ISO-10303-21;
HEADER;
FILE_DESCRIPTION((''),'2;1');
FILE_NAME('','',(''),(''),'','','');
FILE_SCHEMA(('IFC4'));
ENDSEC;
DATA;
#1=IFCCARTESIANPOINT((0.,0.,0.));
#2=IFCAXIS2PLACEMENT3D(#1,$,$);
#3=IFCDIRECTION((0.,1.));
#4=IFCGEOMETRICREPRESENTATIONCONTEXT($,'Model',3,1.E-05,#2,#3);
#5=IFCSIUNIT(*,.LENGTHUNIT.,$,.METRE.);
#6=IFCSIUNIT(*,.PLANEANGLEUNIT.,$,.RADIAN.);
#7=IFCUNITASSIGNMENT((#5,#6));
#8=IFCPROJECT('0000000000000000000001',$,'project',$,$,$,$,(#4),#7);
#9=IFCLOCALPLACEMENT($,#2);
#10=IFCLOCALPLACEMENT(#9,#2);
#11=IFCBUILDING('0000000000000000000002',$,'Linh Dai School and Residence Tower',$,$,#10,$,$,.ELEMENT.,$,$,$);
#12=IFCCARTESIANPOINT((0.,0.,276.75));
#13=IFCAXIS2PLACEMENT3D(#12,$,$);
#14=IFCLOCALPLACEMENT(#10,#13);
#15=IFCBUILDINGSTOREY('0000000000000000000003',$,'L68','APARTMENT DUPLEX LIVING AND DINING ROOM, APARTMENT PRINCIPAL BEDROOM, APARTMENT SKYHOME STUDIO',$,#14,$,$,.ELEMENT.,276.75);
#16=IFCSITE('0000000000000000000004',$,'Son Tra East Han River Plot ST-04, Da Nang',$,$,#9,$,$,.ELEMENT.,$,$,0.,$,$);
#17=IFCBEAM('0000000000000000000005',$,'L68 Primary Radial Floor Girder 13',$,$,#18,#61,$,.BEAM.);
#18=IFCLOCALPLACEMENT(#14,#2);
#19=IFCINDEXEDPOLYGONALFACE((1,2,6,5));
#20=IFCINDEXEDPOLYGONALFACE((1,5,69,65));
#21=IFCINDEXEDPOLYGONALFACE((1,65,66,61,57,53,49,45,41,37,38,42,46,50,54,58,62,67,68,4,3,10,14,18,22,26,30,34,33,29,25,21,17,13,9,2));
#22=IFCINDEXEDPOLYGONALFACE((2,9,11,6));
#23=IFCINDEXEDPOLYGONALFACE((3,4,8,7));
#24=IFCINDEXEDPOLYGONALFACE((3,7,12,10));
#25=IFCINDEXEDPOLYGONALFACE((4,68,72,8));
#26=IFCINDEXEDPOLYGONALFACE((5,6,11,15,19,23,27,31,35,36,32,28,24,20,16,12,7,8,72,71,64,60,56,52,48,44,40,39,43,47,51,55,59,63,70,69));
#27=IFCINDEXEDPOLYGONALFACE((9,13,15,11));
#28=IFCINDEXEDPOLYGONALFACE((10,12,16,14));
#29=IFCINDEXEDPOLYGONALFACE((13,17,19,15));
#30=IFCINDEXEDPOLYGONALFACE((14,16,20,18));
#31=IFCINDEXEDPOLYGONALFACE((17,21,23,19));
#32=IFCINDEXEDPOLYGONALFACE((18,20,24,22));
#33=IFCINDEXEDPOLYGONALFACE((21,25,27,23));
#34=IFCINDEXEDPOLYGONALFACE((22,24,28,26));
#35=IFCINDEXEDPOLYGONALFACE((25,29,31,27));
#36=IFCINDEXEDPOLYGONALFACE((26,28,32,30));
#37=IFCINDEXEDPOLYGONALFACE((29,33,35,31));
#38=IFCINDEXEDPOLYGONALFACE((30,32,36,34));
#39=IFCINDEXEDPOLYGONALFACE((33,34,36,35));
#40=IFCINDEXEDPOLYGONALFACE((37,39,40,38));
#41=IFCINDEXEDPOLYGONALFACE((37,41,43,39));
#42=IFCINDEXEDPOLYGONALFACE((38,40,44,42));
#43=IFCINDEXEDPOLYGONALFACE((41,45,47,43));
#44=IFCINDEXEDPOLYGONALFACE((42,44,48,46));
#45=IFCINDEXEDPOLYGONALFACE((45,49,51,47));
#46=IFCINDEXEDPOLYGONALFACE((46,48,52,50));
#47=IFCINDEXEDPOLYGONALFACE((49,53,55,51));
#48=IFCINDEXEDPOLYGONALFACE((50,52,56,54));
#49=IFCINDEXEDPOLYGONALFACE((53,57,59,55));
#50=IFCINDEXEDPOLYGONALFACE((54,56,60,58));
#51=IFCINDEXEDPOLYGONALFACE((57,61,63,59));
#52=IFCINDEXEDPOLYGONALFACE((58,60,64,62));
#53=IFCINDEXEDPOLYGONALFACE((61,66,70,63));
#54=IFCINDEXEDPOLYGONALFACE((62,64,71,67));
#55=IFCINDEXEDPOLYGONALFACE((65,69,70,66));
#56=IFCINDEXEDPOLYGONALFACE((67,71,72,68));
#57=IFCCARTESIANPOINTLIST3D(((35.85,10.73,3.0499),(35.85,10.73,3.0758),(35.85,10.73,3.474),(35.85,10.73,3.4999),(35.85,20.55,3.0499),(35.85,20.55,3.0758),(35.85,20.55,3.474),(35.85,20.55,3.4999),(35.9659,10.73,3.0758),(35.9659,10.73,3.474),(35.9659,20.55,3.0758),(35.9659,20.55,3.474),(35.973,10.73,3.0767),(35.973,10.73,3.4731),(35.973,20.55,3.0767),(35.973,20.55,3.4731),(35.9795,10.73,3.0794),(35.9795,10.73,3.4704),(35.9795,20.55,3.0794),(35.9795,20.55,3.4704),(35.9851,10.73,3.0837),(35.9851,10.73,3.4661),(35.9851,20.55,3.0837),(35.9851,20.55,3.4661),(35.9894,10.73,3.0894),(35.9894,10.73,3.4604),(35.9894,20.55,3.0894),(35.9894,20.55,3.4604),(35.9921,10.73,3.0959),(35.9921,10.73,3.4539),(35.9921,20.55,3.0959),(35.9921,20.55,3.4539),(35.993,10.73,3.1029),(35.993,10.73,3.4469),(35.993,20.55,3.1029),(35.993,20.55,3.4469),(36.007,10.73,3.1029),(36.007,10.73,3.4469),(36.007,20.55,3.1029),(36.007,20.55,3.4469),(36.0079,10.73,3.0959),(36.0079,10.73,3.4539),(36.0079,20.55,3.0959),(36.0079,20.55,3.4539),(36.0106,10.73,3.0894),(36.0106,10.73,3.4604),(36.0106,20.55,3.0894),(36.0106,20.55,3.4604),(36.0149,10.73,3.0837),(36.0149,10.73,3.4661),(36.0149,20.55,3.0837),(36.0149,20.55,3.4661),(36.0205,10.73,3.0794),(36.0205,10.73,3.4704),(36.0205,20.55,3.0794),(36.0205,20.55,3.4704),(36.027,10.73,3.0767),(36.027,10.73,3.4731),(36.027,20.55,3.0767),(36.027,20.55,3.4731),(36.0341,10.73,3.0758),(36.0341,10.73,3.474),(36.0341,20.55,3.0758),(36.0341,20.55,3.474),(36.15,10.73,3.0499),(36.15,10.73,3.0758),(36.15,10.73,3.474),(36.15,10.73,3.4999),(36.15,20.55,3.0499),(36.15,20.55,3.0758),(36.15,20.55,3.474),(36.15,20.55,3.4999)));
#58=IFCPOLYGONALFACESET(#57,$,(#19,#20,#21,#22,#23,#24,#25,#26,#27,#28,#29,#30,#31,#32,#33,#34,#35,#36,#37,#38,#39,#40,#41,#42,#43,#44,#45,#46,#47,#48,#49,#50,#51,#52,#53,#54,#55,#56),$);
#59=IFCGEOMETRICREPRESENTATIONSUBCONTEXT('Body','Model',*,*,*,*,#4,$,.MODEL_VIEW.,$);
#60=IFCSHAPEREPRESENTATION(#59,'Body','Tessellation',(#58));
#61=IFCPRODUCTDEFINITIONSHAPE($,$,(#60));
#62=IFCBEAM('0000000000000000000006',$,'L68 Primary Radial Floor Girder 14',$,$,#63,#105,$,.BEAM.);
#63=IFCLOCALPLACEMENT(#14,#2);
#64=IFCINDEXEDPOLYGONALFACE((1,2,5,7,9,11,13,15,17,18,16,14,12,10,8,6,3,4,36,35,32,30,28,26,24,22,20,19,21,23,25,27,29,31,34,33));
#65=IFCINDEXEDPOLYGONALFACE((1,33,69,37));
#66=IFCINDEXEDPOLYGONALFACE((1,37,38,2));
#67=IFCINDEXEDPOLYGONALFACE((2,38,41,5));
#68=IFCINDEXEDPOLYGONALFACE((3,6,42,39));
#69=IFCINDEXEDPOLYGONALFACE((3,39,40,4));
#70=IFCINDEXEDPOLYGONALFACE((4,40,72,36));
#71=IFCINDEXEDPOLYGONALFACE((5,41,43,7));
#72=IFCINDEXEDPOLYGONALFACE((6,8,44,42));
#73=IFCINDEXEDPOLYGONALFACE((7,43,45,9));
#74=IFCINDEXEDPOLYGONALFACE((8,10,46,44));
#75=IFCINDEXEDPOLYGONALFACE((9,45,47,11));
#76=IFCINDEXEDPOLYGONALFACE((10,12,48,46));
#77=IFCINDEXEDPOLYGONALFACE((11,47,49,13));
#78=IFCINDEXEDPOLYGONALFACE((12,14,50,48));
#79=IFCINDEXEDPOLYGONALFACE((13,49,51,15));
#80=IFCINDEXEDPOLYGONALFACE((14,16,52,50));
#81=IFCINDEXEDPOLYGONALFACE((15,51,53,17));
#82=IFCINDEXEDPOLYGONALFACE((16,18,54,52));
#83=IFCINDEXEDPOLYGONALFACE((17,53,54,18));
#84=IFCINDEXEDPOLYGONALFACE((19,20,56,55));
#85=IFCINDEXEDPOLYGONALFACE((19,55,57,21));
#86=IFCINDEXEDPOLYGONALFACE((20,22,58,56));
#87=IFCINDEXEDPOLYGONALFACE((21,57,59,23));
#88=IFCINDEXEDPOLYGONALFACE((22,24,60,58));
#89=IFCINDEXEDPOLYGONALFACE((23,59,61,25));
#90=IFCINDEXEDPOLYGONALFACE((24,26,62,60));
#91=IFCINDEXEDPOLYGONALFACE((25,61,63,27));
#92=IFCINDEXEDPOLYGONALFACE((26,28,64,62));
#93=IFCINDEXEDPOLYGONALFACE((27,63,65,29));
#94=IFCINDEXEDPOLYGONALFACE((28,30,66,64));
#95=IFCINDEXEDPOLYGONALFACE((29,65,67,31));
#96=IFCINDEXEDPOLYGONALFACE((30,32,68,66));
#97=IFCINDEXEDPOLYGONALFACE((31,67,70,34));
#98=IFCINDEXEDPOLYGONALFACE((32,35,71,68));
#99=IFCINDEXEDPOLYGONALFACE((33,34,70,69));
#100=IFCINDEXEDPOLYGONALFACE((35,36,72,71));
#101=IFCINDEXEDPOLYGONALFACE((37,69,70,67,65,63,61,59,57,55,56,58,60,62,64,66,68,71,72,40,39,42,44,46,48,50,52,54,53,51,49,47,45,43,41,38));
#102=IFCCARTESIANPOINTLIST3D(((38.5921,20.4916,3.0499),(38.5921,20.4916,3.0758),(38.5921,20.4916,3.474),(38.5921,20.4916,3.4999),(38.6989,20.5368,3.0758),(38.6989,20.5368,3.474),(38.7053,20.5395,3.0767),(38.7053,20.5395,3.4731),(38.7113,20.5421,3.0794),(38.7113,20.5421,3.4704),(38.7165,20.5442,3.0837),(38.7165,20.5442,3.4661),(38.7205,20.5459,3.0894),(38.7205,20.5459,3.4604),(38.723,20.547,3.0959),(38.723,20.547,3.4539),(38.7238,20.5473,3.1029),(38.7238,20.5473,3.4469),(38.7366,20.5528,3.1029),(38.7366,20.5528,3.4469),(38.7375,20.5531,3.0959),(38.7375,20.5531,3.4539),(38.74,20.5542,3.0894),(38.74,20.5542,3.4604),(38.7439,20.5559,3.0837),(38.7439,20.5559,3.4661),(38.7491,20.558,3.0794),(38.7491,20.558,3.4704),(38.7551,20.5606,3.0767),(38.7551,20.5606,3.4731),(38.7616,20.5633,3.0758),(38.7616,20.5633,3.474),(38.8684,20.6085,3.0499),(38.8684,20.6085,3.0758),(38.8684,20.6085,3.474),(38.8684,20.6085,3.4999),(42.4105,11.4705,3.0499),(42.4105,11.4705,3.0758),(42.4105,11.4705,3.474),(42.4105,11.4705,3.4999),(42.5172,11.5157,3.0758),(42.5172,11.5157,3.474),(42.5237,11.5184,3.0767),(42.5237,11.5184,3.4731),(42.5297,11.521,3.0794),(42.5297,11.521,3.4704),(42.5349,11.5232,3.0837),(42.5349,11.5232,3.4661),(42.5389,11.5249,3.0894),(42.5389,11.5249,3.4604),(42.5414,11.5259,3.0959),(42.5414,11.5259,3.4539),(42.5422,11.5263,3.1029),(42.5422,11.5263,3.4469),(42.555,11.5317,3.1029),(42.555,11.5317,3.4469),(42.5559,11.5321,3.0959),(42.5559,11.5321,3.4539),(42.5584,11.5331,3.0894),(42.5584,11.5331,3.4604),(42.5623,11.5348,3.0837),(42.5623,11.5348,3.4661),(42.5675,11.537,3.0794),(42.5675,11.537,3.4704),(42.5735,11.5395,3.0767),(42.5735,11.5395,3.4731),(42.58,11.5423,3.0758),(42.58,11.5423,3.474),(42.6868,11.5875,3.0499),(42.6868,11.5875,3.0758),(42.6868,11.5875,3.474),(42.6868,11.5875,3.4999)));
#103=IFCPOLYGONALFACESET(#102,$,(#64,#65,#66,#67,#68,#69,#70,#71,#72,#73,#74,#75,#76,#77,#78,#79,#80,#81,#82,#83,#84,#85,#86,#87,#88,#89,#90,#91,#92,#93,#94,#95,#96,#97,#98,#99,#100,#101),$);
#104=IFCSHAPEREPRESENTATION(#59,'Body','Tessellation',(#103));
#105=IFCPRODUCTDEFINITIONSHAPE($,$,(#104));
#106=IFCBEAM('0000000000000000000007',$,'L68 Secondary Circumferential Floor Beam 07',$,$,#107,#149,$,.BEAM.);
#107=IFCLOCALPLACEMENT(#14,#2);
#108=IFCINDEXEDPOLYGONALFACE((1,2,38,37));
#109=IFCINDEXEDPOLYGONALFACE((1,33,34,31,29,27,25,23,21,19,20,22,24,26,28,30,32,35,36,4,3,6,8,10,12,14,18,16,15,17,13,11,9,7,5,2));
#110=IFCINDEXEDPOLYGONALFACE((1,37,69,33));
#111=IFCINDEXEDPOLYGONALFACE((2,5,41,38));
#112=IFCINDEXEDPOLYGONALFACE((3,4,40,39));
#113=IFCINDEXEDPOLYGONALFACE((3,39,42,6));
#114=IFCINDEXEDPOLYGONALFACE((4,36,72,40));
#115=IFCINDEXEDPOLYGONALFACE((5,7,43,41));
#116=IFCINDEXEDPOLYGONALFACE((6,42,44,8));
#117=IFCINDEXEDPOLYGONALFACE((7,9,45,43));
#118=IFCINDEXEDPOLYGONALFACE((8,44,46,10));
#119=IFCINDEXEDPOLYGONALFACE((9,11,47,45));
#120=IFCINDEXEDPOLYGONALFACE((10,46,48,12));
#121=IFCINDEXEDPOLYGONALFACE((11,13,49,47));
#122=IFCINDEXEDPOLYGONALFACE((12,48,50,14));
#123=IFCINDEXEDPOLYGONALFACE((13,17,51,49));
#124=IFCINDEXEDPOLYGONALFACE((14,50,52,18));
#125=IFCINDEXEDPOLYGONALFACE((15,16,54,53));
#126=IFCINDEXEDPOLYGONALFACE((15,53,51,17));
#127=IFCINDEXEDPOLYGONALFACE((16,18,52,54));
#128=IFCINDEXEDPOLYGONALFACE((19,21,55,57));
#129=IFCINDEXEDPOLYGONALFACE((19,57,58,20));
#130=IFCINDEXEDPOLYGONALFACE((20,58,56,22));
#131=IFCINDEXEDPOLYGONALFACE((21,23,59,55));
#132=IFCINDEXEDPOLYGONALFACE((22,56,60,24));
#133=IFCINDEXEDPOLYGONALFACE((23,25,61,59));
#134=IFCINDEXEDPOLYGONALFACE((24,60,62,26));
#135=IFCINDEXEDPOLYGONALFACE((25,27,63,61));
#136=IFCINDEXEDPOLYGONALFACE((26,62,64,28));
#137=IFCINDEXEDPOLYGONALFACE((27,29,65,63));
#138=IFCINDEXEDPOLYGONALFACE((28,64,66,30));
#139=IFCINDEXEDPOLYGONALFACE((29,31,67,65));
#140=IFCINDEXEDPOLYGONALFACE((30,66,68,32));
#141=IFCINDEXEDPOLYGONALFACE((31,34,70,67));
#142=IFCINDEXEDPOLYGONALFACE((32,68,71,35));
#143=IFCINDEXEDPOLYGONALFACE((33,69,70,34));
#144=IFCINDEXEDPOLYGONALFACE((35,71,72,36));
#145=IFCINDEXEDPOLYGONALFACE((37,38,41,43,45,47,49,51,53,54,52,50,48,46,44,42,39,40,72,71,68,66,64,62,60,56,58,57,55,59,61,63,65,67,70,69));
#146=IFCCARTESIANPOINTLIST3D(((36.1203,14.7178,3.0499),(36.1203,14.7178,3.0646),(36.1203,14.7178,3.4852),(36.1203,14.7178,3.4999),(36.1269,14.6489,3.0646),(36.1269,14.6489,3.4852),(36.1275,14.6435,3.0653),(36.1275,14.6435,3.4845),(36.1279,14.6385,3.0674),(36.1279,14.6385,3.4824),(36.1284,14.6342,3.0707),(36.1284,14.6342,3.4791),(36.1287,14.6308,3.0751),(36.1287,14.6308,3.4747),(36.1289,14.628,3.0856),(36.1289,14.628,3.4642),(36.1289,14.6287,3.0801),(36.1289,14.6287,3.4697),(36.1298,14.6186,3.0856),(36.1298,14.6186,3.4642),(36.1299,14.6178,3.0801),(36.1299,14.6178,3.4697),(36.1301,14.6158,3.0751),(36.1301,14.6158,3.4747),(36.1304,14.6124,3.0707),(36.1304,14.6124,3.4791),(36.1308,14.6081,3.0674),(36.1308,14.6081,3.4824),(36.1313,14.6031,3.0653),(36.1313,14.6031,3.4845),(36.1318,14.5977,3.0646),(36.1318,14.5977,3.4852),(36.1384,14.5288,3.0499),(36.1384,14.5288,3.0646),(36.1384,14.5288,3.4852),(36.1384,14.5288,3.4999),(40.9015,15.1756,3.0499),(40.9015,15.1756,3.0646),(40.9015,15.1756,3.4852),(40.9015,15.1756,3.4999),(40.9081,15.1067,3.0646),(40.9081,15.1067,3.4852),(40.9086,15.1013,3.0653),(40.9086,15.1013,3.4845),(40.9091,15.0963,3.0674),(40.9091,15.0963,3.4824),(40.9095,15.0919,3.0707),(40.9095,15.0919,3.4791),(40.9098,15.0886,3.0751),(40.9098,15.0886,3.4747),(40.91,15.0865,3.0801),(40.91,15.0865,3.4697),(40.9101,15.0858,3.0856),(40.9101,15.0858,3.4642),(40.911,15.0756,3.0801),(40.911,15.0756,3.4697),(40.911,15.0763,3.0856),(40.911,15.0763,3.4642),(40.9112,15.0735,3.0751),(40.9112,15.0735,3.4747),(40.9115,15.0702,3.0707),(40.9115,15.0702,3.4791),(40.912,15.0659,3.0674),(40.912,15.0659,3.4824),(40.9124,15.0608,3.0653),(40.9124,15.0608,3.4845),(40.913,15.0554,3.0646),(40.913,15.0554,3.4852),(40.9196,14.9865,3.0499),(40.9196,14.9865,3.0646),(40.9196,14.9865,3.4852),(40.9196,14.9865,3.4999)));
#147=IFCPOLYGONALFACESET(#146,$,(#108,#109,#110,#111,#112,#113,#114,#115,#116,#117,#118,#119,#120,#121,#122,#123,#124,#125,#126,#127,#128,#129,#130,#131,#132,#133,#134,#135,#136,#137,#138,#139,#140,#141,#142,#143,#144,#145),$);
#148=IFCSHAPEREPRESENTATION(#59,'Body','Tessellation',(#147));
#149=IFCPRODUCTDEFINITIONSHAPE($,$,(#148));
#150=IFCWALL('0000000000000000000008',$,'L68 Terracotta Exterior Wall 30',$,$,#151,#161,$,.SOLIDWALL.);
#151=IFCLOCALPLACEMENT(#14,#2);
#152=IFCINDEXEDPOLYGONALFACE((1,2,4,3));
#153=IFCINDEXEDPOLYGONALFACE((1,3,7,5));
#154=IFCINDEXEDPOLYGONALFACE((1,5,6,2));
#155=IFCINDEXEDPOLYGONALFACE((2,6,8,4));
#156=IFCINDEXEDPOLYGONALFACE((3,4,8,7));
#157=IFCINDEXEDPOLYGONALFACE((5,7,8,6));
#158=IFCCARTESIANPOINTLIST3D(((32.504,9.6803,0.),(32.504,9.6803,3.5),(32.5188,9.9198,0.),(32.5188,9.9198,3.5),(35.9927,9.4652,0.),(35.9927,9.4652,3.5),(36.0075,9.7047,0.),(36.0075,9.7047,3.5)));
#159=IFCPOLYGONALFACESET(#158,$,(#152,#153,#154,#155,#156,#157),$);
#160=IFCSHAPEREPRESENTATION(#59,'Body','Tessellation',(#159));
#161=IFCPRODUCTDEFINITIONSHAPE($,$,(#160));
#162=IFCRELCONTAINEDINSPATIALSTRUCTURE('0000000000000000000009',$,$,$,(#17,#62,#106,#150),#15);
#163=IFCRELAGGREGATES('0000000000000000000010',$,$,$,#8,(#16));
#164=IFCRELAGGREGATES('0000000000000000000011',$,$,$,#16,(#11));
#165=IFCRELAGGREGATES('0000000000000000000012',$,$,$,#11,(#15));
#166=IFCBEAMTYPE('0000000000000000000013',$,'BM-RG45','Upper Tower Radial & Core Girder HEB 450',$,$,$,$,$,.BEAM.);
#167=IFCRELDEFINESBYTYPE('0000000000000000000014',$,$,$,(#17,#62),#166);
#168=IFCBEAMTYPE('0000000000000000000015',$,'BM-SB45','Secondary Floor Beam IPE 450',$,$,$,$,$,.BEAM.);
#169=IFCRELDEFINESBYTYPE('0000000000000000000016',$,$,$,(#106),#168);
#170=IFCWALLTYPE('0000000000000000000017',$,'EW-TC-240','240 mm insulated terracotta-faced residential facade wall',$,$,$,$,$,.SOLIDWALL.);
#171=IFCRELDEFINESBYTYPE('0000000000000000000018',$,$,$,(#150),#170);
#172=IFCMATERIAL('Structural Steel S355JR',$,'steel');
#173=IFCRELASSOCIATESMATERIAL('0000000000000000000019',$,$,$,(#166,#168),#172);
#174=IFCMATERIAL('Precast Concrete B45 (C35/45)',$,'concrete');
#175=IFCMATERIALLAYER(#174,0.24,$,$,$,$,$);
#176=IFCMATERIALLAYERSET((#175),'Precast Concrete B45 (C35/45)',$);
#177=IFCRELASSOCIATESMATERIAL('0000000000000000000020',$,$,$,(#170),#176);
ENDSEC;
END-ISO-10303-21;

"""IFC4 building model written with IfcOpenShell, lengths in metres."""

from ifc_helpers import new_model, si_unit, direction, frame, frame_2d, origin, origin_2d, place, context, subcontext, project, spatial, rectangle, i_section, extrude, material, layer, layer_set, material_profile, profile_set, type_object, element, save


model = new_model("IFC4")

# Units and contexts
model_context = context("Model", 3, precision=1e-05, world=origin(), true_north=direction((0.0, 1.0)))
body_context = subcontext(model_context, "Body", "Model", "MODEL_VIEW")
ifc_project = project(units=[si_unit("LENGTHUNIT", "METRE"), si_unit("PLANEANGLEUNIT", "RADIAN")], contexts=[model_context])

# Site, building, storey
site_placement = place(None, origin())
site = spatial("IfcSite", under=ifc_project, at=site_placement, Name="Son Tra East Han River Plot ST-04, Da Nang", CompositionType="ELEMENT", RefElevation=0.0)
building_placement = place(site_placement, origin())
building = spatial("IfcBuilding", under=site, at=building_placement, Name="Linh Dai School and Residence Tower", CompositionType="ELEMENT")
storey_placement = place(building_placement, frame((0.0, 0.0, 276.75)))
storey = spatial("IfcBuildingStorey", under=building, at=storey_placement, Name="L68", Description="APARTMENT DUPLEX LIVING AND DINING ROOM, APARTMENT PRINCIPAL BEDROOM, APARTMENT SKYHOME STUDIO", CompositionType="ELEMENT", Elevation=276.75)

# Shared definitions
ifc_material_1 = material(Name="Structural Steel S355JR", Category="steel")

# Beams
ifc_material_profile_1 = material_profile(ifc_material_1, i_section(OverallWidth=0.3, OverallDepth=0.45, WebThickness=0.0139, FlangeThickness=0.0259, FilletRadius=0.0271, at=origin_2d()), Name="HEB 450")
ifc_profile_set_1 = profile_set([ifc_material_profile_1], Name="Structural Steel S355JR")
beam_type_1 = type_object("IfcBeamType", Name="BM-RG45", Description="Upper Tower Radial & Core Girder HEB 450", PredefinedType="BEAM", material=ifc_profile_set_1)
beam_1_placement = place(storey_placement, frame((36.0, 20.55, 3.2749), z_axis=(0.0, -1.0, 0.0), x_axis=(1.0, 0.0, 0.0)))
element("IfcBeam", 1, at=beam_1_placement, inside=storey, type_object=beam_type_1, Name="L68 Primary Radial Floor Girder 13", PredefinedType="BEAM", context=body_context, shape_type="SweptSolid", body=[
    extrude(i_section(OverallWidth=0.3, OverallDepth=0.45, WebThickness=0.0139, FlangeThickness=0.0259, FilletRadius=0.0271, at=origin_2d()), origin(), (0.0, 0.0, 1.0), 9.8201),
])
beam_2_placement = place(storey_placement, frame((38.7302, 20.55, 3.2749), z_axis=(0.389794, -0.920902, 0.0), x_axis=(0.920902, 0.389794, 0.0)))
element("IfcBeam", 2, at=beam_2_placement, inside=storey, type_object=beam_type_1, Name="L68 Primary Radial Floor Girder 14", PredefinedType="BEAM", context=body_context, shape_type="SweptSolid", body=[
    extrude(i_section(OverallWidth=0.3, OverallDepth=0.45, WebThickness=0.0139, FlangeThickness=0.0259, FilletRadius=0.0271, at=origin_2d()), origin(), (0.0, 0.0, 1.0), 9.7959),
])
ifc_material_profile_2 = material_profile(ifc_material_1, i_section(OverallWidth=0.1899, OverallDepth=0.45, WebThickness=0.0095, FlangeThickness=0.0146, FilletRadius=0.021, at=origin_2d()), Name="IPE 450")
ifc_profile_set_2 = profile_set([ifc_material_profile_2], Name="Structural Steel S355JR")
beam_type_2 = type_object("IfcBeamType", Name="BM-SB45", Description="Secondary Floor Beam IPE 450", PredefinedType="BEAM", material=ifc_profile_set_2)
beam_3_placement = place(storey_placement, frame((36.1294, 14.6233, 3.2749), z_axis=(0.995448, 0.09531, 0.0), x_axis=(-0.09531, 0.995448, 0.0)))
element("IfcBeam", 3, at=beam_3_placement, inside=storey, type_object=beam_type_2, Name="L68 Secondary Circumferential Floor Beam 07", PredefinedType="BEAM", context=body_context, shape_type="SweptSolid", body=[
    extrude(i_section(OverallWidth=0.1899, OverallDepth=0.45, WebThickness=0.0095, FlangeThickness=0.0146, FilletRadius=0.021, at=origin_2d()), origin(), (0.0, 0.0, 1.0), 4.803),
])

# Wall
ifc_material_2 = material(Name="Precast Concrete B45 (C35/45)", Category="concrete")
ifc_layer_1 = layer(ifc_material_2, 0.24)
ifc_layer_set_1 = layer_set([ifc_layer_1], Name="Precast Concrete B45 (C35/45)")
wall_type_1 = type_object("IfcWallType", Name="EW-TC-240", Description="240 mm insulated terracotta-faced residential facade wall", PredefinedType="SOLIDWALL", material=ifc_layer_set_1)
wall_1_placement = place(storey_placement, frame((36.0, 9.585, 0.0), z_axis=(0.0, 0.0, 1.0), x_axis=(-0.998105, 0.061535, 0.0)))
element("IfcWall", 4, at=wall_1_placement, inside=storey, type_object=wall_type_1, Name="L68 Terracotta Exterior Wall 30", PredefinedType="SOLIDWALL", context=body_context, shape_type="SweptSolid", body=[
    extrude(rectangle(XDim=3.4954, YDim=0.24, at=frame_2d((1.7476, 0.0))), origin(), (0.0, 0.0, 1.0), 3.5),
])

save(model, "model.ifc")
